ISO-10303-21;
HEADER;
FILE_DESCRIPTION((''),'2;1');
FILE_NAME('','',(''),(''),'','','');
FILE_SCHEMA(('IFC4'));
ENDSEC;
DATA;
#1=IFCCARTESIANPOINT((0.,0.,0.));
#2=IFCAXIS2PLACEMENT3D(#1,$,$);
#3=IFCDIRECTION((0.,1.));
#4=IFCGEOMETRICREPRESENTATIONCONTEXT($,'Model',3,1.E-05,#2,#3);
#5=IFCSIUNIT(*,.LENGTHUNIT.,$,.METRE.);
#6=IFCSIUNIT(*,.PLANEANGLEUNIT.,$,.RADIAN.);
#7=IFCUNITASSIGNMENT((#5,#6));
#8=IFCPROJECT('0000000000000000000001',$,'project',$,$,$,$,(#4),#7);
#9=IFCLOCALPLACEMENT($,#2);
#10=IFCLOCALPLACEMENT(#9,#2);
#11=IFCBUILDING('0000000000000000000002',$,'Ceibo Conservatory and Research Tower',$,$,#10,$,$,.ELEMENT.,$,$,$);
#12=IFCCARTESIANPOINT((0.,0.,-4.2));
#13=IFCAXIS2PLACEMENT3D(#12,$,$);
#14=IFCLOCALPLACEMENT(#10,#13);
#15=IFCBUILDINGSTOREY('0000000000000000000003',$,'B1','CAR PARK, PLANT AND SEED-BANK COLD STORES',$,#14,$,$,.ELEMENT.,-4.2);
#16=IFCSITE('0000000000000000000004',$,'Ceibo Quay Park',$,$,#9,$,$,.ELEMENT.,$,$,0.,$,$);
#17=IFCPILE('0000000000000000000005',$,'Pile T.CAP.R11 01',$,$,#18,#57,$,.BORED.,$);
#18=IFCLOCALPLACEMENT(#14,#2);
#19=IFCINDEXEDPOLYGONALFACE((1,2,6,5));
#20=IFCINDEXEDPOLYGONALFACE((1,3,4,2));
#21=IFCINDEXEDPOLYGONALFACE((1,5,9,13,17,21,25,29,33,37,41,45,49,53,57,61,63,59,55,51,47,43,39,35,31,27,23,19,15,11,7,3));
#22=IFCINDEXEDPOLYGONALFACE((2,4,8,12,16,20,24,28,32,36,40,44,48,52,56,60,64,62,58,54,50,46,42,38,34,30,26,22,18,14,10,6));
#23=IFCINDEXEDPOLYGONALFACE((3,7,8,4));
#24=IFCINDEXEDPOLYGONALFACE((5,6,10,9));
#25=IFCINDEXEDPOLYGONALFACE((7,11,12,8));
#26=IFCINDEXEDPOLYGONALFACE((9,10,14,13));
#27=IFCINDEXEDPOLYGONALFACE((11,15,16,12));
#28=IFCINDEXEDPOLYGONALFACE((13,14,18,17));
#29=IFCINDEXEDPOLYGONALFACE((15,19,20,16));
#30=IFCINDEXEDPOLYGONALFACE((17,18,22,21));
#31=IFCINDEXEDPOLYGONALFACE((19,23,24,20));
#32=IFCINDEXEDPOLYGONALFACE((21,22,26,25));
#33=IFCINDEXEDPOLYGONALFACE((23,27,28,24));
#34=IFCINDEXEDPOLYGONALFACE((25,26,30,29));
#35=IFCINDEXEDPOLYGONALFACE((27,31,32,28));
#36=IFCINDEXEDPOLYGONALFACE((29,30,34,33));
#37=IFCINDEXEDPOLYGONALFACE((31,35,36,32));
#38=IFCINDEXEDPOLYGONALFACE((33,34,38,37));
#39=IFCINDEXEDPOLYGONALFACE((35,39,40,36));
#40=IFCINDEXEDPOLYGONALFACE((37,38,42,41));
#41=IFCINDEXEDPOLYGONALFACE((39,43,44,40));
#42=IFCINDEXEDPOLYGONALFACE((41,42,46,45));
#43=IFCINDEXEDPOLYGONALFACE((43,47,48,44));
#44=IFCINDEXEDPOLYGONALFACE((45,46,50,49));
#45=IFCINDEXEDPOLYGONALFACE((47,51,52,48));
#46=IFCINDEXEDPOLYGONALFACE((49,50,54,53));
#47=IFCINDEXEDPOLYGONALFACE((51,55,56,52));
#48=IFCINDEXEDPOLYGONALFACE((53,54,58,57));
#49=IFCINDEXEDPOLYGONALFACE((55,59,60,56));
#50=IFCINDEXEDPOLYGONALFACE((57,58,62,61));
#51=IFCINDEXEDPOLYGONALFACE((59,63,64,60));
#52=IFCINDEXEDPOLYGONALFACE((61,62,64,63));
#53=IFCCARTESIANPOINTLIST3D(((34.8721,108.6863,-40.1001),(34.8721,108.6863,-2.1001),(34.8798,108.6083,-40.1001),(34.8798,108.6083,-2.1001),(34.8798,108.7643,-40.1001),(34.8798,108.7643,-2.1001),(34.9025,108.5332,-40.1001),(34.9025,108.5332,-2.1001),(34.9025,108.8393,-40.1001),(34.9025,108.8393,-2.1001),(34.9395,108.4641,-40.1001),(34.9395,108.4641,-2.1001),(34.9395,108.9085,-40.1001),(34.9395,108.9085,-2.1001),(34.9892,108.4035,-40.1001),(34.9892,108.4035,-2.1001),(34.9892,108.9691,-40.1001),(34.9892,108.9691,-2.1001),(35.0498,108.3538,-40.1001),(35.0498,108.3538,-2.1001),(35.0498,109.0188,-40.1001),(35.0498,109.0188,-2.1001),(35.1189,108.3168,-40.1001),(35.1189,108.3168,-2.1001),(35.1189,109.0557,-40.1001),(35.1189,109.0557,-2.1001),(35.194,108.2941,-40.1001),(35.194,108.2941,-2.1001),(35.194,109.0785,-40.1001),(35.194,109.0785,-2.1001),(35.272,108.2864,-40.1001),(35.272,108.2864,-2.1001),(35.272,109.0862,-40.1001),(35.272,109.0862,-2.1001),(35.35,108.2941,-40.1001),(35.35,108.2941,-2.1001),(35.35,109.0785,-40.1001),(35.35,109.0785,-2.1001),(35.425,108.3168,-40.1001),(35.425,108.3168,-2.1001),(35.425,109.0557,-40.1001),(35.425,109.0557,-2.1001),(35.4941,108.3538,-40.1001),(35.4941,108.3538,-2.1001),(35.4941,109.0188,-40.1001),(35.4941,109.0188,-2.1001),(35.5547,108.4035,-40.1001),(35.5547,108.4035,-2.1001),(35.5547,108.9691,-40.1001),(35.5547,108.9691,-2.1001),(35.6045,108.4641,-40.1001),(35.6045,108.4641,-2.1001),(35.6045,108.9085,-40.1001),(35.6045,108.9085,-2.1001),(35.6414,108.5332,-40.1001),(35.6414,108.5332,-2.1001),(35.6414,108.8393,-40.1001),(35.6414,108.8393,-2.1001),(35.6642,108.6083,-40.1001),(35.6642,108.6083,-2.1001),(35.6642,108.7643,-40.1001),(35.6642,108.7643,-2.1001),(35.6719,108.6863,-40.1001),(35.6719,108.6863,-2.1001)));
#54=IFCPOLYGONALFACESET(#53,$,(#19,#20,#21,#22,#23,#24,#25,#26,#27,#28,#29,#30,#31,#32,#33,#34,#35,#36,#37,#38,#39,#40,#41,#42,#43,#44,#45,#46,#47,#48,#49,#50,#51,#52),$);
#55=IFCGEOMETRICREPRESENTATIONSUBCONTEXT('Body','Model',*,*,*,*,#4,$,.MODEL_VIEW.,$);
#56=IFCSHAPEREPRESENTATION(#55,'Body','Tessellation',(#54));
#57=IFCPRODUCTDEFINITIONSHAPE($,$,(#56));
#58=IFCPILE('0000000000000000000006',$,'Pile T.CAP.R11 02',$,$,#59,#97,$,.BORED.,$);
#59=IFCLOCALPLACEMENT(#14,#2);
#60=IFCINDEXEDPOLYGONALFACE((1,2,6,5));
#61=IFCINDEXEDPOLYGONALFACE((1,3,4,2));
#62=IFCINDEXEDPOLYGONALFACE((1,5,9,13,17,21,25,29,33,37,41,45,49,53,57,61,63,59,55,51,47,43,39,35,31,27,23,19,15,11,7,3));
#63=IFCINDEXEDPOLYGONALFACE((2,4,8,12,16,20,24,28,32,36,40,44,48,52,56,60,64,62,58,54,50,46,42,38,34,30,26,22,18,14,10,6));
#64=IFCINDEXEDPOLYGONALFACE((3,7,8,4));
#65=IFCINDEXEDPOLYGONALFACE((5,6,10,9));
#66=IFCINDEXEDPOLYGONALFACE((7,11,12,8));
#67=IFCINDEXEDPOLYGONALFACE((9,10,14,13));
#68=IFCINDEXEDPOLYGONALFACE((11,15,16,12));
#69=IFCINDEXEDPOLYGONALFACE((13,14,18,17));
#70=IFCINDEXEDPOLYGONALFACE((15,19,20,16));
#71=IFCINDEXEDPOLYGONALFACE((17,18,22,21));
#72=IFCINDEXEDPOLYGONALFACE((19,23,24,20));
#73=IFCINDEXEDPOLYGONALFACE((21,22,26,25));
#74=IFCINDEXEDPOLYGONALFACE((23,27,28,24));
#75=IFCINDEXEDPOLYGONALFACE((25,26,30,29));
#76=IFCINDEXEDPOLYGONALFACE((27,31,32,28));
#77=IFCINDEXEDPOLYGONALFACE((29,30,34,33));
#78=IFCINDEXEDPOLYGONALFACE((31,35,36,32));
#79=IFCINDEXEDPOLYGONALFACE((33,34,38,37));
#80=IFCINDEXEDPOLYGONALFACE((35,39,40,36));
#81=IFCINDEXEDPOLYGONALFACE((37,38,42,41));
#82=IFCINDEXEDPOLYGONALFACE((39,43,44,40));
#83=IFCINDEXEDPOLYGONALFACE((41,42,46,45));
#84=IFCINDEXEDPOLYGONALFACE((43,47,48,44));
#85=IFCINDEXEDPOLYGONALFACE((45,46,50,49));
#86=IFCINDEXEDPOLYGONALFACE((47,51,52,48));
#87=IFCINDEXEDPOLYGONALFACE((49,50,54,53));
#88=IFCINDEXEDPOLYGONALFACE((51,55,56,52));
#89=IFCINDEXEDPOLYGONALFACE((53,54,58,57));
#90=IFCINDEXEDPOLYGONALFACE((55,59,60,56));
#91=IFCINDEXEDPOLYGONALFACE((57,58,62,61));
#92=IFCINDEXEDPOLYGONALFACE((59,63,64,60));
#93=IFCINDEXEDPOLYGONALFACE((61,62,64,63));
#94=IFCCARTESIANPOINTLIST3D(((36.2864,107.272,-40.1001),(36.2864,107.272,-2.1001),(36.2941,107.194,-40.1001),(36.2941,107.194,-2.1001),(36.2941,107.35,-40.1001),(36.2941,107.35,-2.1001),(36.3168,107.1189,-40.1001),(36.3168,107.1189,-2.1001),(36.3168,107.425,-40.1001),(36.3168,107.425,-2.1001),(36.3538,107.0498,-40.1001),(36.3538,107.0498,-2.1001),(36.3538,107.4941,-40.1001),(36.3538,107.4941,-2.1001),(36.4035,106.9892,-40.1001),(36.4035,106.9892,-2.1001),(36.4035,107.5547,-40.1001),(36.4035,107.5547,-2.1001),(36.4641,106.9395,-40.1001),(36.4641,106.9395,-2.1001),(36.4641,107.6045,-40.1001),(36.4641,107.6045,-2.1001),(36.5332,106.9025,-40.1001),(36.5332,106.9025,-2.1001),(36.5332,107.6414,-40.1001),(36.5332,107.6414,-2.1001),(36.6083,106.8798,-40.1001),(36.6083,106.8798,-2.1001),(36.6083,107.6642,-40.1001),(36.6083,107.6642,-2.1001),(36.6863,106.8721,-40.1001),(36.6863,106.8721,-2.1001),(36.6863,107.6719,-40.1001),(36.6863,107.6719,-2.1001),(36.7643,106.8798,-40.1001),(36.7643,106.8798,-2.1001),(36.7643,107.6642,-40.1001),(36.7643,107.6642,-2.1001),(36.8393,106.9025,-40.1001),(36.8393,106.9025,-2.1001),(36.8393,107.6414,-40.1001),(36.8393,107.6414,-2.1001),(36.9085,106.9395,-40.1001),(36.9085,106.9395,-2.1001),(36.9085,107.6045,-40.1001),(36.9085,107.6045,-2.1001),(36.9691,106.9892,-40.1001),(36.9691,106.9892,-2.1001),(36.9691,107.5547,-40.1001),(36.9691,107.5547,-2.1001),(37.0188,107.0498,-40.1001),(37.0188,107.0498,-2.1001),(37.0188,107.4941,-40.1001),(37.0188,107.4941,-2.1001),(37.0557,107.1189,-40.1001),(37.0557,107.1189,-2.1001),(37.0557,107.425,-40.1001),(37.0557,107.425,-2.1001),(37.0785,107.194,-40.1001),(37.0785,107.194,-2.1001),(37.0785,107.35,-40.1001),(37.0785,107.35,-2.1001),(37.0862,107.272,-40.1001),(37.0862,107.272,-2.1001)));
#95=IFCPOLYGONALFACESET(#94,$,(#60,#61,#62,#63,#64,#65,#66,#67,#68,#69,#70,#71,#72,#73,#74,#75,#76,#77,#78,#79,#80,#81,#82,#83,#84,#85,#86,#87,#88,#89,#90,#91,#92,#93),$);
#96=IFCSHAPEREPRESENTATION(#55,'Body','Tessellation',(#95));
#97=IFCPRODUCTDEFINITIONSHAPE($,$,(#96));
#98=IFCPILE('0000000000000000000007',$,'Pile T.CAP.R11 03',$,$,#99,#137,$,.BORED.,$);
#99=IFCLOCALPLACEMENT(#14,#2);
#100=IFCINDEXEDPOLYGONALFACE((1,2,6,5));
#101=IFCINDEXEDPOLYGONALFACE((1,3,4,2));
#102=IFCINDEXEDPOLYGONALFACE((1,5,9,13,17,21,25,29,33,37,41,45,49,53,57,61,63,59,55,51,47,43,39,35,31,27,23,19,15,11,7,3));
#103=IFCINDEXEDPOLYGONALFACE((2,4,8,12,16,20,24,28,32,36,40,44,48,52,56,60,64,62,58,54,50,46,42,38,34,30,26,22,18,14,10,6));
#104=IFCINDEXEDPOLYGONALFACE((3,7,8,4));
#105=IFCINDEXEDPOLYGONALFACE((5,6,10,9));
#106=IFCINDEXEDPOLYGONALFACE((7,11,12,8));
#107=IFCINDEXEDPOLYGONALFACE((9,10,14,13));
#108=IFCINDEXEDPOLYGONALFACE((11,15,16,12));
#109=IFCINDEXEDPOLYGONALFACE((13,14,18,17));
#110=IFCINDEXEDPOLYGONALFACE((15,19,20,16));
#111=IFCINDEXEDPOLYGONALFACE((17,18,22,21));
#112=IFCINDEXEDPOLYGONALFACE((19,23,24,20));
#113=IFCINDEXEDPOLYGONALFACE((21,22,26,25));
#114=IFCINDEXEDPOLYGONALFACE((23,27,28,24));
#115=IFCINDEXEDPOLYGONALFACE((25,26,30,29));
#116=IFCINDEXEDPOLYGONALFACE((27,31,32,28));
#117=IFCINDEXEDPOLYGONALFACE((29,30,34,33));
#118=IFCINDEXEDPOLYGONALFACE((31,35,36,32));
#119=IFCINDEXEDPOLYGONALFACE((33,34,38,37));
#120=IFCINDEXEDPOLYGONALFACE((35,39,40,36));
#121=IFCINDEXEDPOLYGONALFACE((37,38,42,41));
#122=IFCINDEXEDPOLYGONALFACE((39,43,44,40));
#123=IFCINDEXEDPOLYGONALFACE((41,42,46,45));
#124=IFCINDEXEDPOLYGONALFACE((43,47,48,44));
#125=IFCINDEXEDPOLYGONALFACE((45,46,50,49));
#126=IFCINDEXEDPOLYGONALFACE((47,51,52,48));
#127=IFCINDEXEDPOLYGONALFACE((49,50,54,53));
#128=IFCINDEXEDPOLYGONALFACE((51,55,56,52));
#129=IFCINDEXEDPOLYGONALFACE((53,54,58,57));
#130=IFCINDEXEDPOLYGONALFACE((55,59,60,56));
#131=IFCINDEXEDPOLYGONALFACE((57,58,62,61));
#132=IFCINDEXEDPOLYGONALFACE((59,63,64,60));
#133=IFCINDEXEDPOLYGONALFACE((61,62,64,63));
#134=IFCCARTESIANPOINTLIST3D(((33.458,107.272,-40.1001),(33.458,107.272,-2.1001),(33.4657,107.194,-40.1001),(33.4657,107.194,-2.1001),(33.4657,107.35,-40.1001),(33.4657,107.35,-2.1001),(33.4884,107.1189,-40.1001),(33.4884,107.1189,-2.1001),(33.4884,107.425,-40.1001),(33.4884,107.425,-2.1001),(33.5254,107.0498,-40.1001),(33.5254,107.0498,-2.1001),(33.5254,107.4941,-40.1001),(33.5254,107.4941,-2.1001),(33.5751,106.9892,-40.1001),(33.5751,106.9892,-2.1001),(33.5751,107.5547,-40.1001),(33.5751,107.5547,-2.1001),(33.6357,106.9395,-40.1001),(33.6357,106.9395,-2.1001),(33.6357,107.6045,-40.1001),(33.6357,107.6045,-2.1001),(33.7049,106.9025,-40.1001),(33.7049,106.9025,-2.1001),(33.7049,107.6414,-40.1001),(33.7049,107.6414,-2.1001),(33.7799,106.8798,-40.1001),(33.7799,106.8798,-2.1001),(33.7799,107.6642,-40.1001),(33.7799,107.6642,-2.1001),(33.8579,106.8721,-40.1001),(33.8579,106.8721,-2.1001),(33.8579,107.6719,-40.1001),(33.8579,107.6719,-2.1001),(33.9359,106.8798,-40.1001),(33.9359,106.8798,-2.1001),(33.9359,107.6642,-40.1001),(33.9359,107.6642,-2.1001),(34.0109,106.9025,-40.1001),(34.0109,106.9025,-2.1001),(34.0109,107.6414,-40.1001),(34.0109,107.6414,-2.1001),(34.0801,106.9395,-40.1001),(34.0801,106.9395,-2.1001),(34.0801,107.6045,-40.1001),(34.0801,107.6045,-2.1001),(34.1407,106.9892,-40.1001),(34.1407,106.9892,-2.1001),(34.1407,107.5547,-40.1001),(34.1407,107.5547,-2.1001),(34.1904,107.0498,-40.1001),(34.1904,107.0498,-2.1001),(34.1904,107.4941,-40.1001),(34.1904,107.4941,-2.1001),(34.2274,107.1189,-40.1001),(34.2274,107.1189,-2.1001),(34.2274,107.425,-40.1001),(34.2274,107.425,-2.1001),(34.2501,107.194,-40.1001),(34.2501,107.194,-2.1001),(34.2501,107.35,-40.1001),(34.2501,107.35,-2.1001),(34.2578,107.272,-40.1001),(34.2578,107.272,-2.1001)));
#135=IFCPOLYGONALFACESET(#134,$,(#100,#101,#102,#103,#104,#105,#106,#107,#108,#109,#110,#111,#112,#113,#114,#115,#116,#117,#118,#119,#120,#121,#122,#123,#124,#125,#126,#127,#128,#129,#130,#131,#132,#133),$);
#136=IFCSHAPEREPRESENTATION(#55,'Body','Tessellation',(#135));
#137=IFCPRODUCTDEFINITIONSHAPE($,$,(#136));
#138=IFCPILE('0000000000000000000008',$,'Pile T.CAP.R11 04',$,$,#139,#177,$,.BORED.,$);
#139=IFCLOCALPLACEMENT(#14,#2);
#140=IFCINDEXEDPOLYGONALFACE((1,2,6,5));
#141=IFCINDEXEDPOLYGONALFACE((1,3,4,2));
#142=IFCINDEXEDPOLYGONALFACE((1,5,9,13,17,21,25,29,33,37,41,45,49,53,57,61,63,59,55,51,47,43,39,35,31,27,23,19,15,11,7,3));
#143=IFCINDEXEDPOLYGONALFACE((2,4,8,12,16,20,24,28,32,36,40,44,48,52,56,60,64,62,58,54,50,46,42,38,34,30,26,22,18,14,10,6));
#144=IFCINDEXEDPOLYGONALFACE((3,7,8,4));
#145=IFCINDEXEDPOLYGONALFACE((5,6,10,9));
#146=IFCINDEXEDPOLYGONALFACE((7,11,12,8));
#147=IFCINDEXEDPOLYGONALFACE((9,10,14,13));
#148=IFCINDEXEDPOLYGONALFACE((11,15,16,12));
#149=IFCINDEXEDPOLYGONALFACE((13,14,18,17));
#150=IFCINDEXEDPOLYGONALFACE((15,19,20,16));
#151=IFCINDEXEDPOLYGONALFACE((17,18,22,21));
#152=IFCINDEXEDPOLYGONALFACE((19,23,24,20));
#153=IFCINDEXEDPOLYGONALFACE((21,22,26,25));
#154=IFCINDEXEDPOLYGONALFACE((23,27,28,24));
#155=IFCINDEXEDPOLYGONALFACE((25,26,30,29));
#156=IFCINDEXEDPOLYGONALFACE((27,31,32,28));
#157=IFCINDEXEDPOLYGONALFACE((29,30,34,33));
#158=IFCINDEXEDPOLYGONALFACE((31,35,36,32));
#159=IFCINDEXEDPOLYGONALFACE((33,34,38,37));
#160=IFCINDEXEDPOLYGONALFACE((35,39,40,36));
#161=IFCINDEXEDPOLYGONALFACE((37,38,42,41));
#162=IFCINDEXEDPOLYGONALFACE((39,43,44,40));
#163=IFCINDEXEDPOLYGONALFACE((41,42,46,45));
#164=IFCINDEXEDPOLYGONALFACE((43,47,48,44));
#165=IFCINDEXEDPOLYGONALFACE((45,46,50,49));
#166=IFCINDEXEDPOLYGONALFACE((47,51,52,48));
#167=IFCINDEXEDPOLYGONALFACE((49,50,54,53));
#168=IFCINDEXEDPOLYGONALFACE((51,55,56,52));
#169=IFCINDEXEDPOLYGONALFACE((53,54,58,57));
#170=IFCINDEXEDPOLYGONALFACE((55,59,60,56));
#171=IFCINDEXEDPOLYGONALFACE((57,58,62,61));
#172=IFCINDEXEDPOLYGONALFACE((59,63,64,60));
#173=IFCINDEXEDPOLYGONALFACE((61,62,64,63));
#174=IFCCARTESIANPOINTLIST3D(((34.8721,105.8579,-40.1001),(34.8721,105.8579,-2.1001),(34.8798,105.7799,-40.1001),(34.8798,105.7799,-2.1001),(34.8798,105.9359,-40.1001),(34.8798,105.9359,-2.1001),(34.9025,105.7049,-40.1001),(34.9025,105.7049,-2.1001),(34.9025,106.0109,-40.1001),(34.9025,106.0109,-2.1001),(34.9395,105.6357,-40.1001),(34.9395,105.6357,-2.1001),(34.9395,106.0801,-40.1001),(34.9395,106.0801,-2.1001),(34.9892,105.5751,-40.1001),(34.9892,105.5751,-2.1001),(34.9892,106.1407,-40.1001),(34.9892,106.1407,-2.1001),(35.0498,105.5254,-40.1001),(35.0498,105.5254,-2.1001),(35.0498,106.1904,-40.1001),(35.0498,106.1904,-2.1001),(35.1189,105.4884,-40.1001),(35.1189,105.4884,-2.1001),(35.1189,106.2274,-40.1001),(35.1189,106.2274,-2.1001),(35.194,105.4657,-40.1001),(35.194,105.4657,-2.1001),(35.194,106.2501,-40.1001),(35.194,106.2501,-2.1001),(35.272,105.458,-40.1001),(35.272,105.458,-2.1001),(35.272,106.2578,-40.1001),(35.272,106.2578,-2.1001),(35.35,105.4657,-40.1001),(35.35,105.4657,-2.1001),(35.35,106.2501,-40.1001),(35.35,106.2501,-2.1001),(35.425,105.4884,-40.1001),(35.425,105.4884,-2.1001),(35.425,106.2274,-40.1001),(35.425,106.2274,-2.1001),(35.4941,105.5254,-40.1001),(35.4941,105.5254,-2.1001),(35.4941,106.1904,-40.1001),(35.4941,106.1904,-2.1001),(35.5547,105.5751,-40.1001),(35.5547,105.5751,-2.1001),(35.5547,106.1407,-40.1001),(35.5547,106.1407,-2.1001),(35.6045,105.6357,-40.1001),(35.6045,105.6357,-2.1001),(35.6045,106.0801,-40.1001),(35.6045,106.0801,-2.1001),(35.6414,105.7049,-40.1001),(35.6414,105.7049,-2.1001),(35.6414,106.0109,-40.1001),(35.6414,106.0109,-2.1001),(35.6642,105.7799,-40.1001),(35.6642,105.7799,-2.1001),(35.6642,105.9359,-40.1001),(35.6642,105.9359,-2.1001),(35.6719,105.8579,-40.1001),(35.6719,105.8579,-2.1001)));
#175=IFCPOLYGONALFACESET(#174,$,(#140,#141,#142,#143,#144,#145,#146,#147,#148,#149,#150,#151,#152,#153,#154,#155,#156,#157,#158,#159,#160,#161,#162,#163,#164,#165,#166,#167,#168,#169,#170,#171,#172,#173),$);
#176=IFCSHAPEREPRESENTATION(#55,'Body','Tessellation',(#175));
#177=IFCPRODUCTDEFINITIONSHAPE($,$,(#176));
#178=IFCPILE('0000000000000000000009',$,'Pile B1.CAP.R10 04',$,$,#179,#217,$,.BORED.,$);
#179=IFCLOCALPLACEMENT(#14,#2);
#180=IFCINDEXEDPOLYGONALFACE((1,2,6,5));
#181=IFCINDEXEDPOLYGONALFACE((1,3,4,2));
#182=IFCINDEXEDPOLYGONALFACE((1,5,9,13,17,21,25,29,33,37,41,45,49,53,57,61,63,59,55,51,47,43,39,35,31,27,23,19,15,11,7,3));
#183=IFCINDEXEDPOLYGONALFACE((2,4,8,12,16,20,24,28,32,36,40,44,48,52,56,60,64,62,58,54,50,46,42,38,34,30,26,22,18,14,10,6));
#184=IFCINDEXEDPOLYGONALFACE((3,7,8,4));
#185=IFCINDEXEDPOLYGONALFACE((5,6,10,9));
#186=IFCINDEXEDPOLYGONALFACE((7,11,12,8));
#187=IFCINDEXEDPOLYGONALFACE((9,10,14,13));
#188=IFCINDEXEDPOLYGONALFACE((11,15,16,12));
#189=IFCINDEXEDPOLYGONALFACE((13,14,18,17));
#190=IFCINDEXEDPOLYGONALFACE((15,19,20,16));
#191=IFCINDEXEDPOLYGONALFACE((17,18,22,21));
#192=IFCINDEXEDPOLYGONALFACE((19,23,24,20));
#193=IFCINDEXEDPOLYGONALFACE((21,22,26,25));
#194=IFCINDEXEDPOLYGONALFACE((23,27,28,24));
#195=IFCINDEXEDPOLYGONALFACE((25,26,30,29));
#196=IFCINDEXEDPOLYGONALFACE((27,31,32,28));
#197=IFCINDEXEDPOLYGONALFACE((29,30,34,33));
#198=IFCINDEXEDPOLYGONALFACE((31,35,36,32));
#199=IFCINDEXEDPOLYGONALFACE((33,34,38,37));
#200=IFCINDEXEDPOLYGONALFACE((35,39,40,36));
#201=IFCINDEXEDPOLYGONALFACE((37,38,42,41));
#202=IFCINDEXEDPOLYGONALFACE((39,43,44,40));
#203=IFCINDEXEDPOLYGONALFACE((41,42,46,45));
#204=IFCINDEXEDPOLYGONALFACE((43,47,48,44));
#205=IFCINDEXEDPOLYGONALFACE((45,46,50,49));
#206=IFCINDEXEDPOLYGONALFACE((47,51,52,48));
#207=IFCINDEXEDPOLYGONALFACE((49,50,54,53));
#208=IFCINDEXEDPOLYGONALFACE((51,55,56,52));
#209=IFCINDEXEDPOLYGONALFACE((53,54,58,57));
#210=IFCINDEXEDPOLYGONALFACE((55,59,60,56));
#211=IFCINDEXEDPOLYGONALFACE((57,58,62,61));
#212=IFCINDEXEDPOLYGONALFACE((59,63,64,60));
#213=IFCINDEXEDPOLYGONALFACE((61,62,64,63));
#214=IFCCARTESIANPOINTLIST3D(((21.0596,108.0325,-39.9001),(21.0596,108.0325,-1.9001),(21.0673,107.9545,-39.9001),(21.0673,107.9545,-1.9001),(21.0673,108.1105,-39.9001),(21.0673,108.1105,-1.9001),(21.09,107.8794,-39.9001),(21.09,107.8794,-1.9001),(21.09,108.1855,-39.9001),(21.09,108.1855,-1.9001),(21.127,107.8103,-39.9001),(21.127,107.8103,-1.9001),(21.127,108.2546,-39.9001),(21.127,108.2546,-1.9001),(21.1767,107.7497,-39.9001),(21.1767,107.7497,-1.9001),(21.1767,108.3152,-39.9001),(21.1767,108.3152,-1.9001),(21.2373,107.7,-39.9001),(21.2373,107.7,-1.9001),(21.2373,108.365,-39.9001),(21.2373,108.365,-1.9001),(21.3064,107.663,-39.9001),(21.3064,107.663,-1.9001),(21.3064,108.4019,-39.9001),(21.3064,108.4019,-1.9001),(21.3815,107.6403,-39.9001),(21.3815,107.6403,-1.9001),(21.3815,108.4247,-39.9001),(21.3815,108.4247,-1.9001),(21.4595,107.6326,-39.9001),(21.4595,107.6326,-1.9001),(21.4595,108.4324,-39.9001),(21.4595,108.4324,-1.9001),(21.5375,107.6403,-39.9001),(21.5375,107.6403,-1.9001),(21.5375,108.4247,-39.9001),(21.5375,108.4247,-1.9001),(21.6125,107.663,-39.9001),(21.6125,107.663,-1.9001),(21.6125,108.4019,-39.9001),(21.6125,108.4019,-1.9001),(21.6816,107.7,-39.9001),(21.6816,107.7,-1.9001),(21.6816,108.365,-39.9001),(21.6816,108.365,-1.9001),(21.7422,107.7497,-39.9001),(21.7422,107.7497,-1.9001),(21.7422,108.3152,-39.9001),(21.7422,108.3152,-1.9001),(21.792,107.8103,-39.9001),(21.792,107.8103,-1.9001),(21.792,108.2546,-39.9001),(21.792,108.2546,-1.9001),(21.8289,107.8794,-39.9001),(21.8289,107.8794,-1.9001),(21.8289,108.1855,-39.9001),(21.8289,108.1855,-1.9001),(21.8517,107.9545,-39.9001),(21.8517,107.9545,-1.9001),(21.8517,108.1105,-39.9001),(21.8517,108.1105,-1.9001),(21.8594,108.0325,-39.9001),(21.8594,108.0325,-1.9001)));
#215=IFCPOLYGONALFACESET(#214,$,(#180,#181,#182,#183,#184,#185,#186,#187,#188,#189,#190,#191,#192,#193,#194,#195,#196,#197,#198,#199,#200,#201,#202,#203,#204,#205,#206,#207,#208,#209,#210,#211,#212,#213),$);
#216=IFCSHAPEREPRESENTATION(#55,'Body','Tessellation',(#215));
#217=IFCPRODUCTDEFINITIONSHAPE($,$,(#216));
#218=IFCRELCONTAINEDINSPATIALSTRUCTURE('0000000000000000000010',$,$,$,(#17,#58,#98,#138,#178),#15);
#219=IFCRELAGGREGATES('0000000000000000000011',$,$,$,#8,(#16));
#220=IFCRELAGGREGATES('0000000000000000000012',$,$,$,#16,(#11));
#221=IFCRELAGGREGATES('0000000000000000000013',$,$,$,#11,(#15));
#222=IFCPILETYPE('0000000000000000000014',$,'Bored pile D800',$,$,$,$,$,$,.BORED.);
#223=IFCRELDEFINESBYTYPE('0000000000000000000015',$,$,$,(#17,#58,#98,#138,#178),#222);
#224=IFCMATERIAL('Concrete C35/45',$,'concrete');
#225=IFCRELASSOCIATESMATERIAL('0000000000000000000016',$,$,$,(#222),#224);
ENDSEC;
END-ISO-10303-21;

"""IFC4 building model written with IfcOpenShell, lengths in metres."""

from ifc_helpers import new_model, si_unit, direction, frame, origin, origin_2d, place, context, subcontext, project, spatial, circle, extrude, material, material_profile, profile_set, type_object, element, save


model = new_model("IFC4")

# Units and contexts
model_context = context("Model", 3, precision=1e-05, world=origin(), true_north=direction((0.0, 1.0)))
body_context = subcontext(model_context, "Body", "Model", "MODEL_VIEW")
ifc_project = project(units=[si_unit("LENGTHUNIT", "METRE"), si_unit("PLANEANGLEUNIT", "RADIAN")], contexts=[model_context])

# Site, building, storey
site_placement = place(None, origin())
site = spatial("IfcSite", under=ifc_project, at=site_placement, Name="Ceibo Quay Park", CompositionType="ELEMENT", RefElevation=0.0)
building_placement = place(site_placement, origin())
building = spatial("IfcBuilding", under=site, at=building_placement, Name="Ceibo Conservatory and Research Tower", CompositionType="ELEMENT")
storey_placement = place(building_placement, frame((0.0, 0.0, -4.2)))
storey = spatial("IfcBuildingStorey", under=building, at=storey_placement, Name="B1", Description="CAR PARK, PLANT AND SEED-BANK COLD STORES", CompositionType="ELEMENT", Elevation=-4.2)

# Piles
ifc_material_1 = material(Name="Concrete C35/45", Category="concrete")
ifc_material_profile_1 = material_profile(ifc_material_1, circle(Radius=0.3999, at=origin_2d()), Name="RC D800")
ifc_profile_set_1 = profile_set([ifc_material_profile_1], Name="Concrete C35/45")
pile_type = type_object("IfcPileType", Name="Bored pile D800", PredefinedType="BORED", material=ifc_profile_set_1)
for number, where, z_axis, x_axis, name in (
    (1, (35.272, 108.6863, -2.1001), (0.0, 0.0, -1.0), (1.0, 0.0, 0.0), "Pile T.CAP.R11 01"),
    (2, (36.6863, 107.272, -2.1001), (0.0, 0.0, -1.0), (1.0, 0.0, 0.0), "Pile T.CAP.R11 02"),
    (3, (33.8579, 107.272, -2.1001), (0.0, 0.0, -1.0), (1.0, 0.0, 0.0), "Pile T.CAP.R11 03"),
    (4, (35.272, 105.8579, -2.1001), (0.0, 0.0, -1.0), (1.0, 0.0, 0.0), "Pile T.CAP.R11 04"),
    (5, (21.4595, 108.0325, -1.9001), (0.0, 0.0, -1.0), (1.0, 0.0, 0.0), "Pile B1.CAP.R10 04"),
):
    element("IfcPile", number, at=place(storey_placement, frame(where, z_axis=z_axis, x_axis=x_axis)), inside=storey, type_object=pile_type, Name=name, PredefinedType="BORED", context=body_context, shape_type="SweptSolid", body=[
        extrude(circle(Radius=0.3999, at=origin_2d()), origin(), (0.0, 0.0, 1.0), 38.0),
    ])

save(model, "model.ifc")
